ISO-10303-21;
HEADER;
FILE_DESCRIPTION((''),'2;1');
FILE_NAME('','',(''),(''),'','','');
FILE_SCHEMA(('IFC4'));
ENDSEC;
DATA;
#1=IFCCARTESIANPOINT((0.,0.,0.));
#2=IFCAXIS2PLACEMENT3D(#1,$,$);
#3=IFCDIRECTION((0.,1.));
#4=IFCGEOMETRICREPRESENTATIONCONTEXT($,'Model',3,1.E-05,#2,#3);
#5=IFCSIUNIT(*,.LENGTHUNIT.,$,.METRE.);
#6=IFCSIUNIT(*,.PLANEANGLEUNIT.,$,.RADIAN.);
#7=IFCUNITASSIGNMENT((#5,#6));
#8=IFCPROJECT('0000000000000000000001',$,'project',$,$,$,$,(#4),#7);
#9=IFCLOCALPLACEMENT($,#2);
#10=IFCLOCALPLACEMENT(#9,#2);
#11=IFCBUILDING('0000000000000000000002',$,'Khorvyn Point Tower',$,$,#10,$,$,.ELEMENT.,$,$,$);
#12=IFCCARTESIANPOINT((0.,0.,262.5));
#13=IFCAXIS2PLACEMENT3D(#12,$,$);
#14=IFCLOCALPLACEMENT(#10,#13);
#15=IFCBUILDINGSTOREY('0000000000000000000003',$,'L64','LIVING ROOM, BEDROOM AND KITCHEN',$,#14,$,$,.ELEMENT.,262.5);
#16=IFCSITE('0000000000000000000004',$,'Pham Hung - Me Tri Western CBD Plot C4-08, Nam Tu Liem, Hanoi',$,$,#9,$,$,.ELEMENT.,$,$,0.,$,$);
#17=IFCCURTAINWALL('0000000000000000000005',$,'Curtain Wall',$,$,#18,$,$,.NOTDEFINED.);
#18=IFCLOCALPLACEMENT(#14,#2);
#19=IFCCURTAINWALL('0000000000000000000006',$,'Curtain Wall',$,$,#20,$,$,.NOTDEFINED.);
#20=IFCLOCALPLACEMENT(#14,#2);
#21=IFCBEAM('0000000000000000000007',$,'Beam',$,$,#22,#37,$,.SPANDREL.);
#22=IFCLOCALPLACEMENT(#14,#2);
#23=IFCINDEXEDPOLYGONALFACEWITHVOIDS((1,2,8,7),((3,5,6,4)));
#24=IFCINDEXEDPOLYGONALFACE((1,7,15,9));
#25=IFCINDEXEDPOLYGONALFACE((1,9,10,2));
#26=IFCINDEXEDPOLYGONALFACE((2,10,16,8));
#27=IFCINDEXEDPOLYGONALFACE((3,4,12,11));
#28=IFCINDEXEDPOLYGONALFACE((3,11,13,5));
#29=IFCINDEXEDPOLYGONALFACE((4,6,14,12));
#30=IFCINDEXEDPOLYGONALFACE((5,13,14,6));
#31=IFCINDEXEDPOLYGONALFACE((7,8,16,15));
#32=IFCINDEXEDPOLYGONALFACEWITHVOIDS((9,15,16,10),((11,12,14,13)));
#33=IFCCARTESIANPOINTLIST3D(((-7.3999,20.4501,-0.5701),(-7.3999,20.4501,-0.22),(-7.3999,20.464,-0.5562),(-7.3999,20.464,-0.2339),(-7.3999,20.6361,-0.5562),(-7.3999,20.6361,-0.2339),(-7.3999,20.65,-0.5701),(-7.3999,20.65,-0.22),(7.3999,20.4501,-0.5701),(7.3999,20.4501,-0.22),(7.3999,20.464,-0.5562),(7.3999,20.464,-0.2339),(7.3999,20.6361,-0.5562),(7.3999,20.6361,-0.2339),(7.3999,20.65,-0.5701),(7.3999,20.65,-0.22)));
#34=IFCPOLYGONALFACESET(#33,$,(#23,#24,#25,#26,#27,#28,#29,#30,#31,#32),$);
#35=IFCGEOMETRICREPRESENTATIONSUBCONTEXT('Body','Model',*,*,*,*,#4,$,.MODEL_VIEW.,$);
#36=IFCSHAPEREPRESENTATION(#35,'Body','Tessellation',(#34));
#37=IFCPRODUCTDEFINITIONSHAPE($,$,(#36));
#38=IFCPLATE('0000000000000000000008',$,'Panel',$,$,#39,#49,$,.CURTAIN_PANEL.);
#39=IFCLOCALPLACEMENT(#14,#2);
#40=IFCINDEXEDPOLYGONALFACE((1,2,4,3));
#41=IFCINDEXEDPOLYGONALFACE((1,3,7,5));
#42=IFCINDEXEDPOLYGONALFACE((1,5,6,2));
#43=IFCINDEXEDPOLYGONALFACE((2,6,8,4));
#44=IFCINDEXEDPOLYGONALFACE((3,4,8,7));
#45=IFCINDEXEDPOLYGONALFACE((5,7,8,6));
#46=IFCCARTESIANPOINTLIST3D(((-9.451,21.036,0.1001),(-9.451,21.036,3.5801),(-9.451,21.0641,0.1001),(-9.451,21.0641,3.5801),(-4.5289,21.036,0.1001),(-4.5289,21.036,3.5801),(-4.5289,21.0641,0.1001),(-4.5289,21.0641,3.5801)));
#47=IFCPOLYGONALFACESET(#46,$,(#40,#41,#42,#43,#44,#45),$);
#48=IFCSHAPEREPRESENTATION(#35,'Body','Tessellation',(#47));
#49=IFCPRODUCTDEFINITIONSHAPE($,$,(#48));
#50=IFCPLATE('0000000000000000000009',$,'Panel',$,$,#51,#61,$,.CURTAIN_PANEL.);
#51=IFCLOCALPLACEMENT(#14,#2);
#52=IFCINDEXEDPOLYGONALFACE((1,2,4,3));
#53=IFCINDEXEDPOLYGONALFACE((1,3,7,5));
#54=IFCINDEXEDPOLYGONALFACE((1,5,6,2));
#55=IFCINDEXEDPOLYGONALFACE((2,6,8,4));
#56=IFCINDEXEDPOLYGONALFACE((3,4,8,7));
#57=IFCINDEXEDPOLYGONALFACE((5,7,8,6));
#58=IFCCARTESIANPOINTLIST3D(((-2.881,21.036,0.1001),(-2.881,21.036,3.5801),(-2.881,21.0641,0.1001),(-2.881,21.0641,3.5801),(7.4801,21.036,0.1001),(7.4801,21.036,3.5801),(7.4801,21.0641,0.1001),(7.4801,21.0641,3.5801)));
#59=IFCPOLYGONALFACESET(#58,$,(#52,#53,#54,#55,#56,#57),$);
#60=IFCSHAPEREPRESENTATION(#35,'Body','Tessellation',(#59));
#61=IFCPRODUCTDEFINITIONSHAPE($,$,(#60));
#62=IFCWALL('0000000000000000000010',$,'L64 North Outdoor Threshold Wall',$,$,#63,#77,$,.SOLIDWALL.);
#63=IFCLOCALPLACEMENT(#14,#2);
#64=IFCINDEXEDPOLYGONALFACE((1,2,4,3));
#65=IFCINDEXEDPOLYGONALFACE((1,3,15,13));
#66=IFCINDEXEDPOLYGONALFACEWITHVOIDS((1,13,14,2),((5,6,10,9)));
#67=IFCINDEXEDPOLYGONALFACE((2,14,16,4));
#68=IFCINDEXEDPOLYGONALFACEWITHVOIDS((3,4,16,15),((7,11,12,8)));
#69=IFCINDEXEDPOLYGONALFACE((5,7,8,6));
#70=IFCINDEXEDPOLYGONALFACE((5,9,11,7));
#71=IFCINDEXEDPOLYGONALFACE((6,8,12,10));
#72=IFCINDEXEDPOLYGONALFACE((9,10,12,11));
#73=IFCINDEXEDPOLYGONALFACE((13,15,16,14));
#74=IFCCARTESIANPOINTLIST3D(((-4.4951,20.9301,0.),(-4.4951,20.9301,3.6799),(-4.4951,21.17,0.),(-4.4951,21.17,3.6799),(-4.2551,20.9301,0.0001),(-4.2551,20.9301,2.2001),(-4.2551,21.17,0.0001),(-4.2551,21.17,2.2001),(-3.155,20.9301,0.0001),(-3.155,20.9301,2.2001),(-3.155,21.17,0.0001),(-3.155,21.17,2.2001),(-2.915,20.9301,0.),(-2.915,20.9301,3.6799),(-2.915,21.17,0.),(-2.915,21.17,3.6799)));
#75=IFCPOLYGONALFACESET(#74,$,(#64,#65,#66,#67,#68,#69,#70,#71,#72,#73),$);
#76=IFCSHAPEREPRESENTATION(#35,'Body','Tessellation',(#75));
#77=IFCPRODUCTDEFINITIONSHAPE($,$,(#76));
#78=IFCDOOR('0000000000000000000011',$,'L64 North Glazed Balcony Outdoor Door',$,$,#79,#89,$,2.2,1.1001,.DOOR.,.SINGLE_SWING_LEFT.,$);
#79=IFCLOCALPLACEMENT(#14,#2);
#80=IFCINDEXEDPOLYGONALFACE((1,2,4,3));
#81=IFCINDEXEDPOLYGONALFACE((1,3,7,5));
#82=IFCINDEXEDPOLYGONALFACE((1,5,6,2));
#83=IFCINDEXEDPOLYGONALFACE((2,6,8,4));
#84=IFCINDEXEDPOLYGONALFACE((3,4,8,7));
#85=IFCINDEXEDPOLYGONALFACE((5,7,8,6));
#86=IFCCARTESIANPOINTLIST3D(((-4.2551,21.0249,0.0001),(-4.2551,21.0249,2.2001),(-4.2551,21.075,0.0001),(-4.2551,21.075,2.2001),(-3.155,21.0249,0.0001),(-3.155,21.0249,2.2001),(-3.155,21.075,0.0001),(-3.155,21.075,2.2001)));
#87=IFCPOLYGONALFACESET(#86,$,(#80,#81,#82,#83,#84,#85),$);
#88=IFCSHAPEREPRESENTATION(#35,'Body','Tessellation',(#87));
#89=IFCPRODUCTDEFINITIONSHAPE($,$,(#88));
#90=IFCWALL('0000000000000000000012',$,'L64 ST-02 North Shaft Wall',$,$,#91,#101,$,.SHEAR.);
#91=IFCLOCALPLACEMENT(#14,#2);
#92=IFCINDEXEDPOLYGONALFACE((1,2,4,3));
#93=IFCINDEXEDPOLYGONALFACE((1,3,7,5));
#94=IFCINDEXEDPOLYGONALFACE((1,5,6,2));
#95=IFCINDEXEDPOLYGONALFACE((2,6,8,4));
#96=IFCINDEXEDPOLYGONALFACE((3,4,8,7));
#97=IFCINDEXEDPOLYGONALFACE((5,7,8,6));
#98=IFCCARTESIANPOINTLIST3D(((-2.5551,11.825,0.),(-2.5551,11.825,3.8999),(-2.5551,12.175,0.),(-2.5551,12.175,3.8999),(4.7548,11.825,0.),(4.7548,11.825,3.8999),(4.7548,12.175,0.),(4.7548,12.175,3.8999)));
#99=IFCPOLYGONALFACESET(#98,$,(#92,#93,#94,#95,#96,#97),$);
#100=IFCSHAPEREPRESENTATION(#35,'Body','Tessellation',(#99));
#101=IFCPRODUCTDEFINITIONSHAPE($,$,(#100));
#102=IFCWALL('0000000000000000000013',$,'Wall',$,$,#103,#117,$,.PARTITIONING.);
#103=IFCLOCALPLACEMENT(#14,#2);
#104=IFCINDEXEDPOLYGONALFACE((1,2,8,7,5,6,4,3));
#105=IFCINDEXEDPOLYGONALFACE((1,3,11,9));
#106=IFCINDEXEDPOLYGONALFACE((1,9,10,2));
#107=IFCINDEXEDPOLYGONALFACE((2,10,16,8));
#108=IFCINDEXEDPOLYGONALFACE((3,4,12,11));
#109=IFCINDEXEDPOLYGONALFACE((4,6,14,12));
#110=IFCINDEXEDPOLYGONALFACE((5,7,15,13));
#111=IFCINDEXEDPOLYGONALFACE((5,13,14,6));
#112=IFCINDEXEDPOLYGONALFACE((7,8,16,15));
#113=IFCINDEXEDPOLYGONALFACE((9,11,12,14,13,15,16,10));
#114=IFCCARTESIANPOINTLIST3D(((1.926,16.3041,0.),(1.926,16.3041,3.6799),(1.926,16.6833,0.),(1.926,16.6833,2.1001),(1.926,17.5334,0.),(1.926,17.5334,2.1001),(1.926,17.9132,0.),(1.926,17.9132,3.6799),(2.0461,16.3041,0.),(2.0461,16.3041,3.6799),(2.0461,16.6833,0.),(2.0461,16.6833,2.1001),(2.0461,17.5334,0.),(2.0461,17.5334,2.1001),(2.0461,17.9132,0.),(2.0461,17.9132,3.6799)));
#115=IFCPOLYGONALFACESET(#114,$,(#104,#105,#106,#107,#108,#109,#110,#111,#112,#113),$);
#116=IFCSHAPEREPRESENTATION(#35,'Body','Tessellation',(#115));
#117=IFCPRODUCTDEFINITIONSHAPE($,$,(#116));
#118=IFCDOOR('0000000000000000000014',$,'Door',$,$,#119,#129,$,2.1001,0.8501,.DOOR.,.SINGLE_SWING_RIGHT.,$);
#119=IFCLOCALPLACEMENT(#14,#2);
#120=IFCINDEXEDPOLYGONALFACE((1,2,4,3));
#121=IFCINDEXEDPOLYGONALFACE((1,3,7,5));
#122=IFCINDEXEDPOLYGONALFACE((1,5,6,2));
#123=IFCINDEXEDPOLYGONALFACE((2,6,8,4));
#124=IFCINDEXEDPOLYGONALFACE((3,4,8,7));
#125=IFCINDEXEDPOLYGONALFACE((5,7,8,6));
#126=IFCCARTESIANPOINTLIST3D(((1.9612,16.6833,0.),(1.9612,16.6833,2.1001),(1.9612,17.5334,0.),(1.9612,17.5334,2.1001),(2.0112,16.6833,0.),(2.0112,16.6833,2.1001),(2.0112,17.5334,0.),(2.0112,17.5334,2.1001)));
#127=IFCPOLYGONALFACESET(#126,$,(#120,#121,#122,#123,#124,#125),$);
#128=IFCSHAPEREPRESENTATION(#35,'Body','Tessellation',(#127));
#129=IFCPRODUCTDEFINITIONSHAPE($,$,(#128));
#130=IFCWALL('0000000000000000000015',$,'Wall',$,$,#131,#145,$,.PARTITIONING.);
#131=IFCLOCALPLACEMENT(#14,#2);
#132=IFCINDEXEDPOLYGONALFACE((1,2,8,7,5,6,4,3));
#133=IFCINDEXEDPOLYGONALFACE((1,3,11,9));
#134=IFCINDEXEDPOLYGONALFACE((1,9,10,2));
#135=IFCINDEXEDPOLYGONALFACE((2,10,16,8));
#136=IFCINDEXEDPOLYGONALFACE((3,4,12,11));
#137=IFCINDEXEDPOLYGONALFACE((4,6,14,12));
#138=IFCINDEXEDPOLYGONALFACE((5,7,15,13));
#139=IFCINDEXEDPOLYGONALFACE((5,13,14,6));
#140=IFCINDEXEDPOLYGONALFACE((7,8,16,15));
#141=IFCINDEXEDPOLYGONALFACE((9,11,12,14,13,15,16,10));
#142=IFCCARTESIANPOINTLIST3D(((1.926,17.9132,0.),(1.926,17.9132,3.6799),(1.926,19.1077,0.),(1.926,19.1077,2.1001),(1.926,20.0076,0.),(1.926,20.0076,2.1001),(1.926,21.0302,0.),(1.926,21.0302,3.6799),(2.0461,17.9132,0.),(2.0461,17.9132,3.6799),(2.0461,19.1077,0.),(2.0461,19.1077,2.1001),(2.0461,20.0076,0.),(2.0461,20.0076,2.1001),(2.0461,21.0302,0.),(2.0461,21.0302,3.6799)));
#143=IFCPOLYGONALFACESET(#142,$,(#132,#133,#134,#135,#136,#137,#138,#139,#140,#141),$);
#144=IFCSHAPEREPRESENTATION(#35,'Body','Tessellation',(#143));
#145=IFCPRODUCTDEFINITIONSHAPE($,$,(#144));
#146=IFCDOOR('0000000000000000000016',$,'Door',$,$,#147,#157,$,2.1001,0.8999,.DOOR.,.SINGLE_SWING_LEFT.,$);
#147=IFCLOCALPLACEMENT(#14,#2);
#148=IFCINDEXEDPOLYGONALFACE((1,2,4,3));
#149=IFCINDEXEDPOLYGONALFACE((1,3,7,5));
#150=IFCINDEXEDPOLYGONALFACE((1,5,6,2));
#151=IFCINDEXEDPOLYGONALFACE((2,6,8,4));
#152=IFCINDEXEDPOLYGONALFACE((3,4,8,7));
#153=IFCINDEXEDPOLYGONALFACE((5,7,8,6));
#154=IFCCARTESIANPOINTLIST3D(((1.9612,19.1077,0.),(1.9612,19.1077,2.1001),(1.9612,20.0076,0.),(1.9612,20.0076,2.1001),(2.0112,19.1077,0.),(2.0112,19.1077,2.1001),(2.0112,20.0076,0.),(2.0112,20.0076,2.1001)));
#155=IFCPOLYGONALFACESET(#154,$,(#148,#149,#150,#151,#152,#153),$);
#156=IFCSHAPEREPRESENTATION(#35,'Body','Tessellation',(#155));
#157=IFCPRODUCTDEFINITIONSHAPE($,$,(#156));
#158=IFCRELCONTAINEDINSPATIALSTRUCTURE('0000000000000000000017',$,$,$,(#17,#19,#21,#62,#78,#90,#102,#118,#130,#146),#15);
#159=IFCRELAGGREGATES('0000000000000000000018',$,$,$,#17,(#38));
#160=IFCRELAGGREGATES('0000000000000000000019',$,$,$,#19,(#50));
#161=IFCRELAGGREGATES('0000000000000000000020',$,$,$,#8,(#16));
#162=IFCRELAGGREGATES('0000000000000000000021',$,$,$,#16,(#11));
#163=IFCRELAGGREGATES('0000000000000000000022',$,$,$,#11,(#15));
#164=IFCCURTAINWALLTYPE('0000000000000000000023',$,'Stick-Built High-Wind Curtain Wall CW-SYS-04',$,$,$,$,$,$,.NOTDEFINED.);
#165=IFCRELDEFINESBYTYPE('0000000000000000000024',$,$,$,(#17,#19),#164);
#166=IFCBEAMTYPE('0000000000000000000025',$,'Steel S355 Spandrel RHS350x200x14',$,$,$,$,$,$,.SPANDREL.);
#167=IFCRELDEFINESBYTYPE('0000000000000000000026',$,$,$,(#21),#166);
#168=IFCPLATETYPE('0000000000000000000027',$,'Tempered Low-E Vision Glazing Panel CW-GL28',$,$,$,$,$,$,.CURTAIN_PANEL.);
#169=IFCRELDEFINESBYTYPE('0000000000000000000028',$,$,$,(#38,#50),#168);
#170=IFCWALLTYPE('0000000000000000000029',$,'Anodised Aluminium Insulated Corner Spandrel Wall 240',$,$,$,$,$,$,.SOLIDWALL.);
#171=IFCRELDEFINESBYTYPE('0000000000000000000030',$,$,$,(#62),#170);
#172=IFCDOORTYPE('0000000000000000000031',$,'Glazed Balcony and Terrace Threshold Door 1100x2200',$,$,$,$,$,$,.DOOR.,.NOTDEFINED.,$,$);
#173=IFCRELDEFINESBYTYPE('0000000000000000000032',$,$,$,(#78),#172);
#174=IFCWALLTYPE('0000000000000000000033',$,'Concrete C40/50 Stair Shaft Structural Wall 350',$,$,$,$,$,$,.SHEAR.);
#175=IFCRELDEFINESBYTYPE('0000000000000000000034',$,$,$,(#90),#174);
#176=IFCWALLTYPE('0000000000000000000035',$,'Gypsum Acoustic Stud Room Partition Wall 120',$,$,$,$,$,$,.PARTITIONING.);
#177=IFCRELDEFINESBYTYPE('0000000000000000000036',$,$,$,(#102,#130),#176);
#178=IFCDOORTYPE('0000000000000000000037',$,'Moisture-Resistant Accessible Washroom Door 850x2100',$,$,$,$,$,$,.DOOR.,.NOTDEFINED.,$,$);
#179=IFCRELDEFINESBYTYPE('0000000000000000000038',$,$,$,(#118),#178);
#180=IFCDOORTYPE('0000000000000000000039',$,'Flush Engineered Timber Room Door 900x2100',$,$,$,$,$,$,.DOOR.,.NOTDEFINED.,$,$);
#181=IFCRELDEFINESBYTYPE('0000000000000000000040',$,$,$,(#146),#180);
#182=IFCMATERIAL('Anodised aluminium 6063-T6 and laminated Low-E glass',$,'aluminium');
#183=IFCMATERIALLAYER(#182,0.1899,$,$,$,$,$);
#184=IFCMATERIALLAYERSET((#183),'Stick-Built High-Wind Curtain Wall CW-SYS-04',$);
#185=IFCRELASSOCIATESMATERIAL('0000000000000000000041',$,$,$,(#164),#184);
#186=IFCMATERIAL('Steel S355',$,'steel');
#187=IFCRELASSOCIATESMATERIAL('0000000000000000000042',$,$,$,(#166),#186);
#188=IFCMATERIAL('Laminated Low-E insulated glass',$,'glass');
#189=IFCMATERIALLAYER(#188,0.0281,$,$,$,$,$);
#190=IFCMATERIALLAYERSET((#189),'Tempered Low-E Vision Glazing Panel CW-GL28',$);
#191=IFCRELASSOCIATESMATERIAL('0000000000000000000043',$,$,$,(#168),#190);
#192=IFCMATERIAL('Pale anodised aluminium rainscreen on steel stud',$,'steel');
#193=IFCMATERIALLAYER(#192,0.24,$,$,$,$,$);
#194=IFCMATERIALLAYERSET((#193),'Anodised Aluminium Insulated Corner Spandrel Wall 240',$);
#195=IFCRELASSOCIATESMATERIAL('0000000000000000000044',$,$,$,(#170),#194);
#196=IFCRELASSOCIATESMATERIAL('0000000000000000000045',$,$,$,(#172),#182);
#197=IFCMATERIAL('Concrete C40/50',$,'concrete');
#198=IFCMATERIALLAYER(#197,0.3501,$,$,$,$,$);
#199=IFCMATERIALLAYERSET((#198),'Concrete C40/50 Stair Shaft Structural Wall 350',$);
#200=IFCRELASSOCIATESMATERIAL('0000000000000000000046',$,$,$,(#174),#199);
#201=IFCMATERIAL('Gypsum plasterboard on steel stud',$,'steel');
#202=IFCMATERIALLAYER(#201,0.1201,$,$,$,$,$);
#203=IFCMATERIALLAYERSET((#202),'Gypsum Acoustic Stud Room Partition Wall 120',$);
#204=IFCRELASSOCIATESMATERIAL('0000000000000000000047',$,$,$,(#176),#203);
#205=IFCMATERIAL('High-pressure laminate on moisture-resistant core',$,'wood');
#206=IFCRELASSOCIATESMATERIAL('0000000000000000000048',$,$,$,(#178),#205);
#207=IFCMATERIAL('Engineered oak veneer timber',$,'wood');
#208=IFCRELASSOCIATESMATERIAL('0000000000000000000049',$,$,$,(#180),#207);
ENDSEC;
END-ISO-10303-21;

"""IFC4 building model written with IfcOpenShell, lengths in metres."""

from ifc_helpers import new_model, si_unit, direction, frame, frame_2d, origin, origin_2d, place, context, subcontext, project, spatial, rectangle, hollow_rectangle, extrude, material, layer, layer_set, material_profile, profile_set, type_object, element, fill, aggregate, save


model = new_model("IFC4")

# Units and contexts
model_context = context("Model", 3, precision=1e-05, world=origin(), true_north=direction((0.0, 1.0)))
body_context = subcontext(model_context, "Body", "Model", "MODEL_VIEW")
ifc_project = project(units=[si_unit("LENGTHUNIT", "METRE"), si_unit("PLANEANGLEUNIT", "RADIAN")], contexts=[model_context])

# Site, building, storey
site_placement = place(None, origin())
site = spatial("IfcSite", under=ifc_project, at=site_placement, Name="Pham Hung - Me Tri Western CBD Plot C4-08, Nam Tu Liem, Hanoi", CompositionType="ELEMENT", RefElevation=0.0)
building_placement = place(site_placement, origin())
building = spatial("IfcBuilding", under=site, at=building_placement, Name="Khorvyn Point Tower", CompositionType="ELEMENT")
storey_placement = place(building_placement, frame((0.0, 0.0, 262.5)))
storey = spatial("IfcBuildingStorey", under=building, at=storey_placement, Name="L64", Description="LIVING ROOM, BEDROOM AND KITCHEN", CompositionType="ELEMENT", Elevation=262.5)

# Shared definitions
ifc_material_1 = material(Name="Concrete C40/50", Category="concrete")
ifc_material_2 = material(Name="Steel S355", Category="steel")

# Curtain wall
ifc_material_3 = material(Name="Anodised aluminium 6063-T6 and laminated Low-E glass", Category="aluminium")
ifc_layer_1 = layer(ifc_material_3, 0.1899)
ifc_layer_set_1 = layer_set([ifc_layer_1], Name="Stick-Built High-Wind Curtain Wall CW-SYS-04")
curtain_wall_type = type_object("IfcCurtainWallType", Name="Stick-Built High-Wind Curtain Wall CW-SYS-04", PredefinedType="NOTDEFINED", material=ifc_layer_set_1)
curtain_wall_1_placement = place(storey_placement, origin())
curtain_wall_1 = element("IfcCurtainWall", 1, at=curtain_wall_1_placement, inside=storey, type_object=curtain_wall_type, Name="Curtain Wall", PredefinedType="NOTDEFINED")

# Curtain wall
curtain_wall_2_placement = place(storey_placement, origin())
curtain_wall_2 = element("IfcCurtainWall", 2, at=curtain_wall_2_placement, inside=storey, type_object=curtain_wall_type, Name="Curtain Wall", PredefinedType="NOTDEFINED")

# Beam
ifc_material_profile_1 = material_profile(ifc_material_2, hollow_rectangle(XDim=0.2, YDim=0.3501, WallThickness=0.0139, at=origin_2d()))
ifc_profile_set_1 = profile_set([ifc_material_profile_1], Name="Steel S355 RHS350x200x14")
beam_type_1 = type_object("IfcBeamType", Name="Steel S355 Spandrel RHS350x200x14", PredefinedType="SPANDREL", material=ifc_profile_set_1)
beam_1_placement = place(storey_placement, frame((-7.3999, 20.55, -0.395), z_axis=(1.0, 0.0, 0.0), x_axis=(0.0, 1.0, 0.0)))
element("IfcBeam", 3, at=beam_1_placement, inside=storey, type_object=beam_type_1, Name="Beam", PredefinedType="SPANDREL", context=body_context, shape_type="SweptSolid", body=[
    extrude(hollow_rectangle(XDim=0.2, YDim=0.3501, WallThickness=0.0139, at=origin_2d()), origin(), (0.0, 0.0, 1.0), 14.7998),
])

# Plates
ifc_material_4 = material(Name="Laminated Low-E insulated glass", Category="glass")
ifc_layer_2 = layer(ifc_material_4, 0.0281)
ifc_layer_set_2 = layer_set([ifc_layer_2], Name="Tempered Low-E Vision Glazing Panel CW-GL28")
plate_type = type_object("IfcPlateType", Name="Tempered Low-E Vision Glazing Panel CW-GL28", PredefinedType="CURTAIN_PANEL", material=ifc_layer_set_2)
plate_1_placement = place(storey_placement, frame((-6.99, 21.05, 0.1001), z_axis=(0.0, 0.0, 1.0), x_axis=(1.0, 0.0, 0.0)))
plate_1 = element("IfcPlate", 4, at=plate_1_placement, type_object=plate_type, Name="Panel", PredefinedType="CURTAIN_PANEL", context=body_context, shape_type="SweptSolid", body=[
    extrude(rectangle(XDim=4.9221, YDim=0.0281, at=origin_2d()), origin(), (0.0, 0.0, 1.0), 3.48),
])
aggregate(curtain_wall_1, [plate_1])
plate_2_placement = place(storey_placement, frame((2.2996, 21.05, 0.1001), z_axis=(0.0, 0.0, 1.0), x_axis=(1.0, 0.0, 0.0)))
plate_2 = element("IfcPlate", 5, at=plate_2_placement, type_object=plate_type, Name="Panel", PredefinedType="CURTAIN_PANEL", context=body_context, shape_type="SweptSolid", body=[
    extrude(rectangle(XDim=10.3611, YDim=0.0281, at=origin_2d()), origin(), (0.0, 0.0, 1.0), 3.48),
])
aggregate(curtain_wall_2, [plate_2])

# Wall, opening, door
ifc_material_5 = material(Name="Pale anodised aluminium rainscreen on steel stud", Category="steel")
ifc_layer_3 = layer(ifc_material_5, 0.24)
ifc_layer_set_3 = layer_set([ifc_layer_3], Name="Anodised Aluminium Insulated Corner Spandrel Wall 240")
wall_type_1 = type_object("IfcWallType", Name="Anodised Aluminium Insulated Corner Spandrel Wall 240", PredefinedType="SOLIDWALL", material=ifc_layer_set_3)
wall_1_placement = place(storey_placement, frame((-4.4951, 21.05, 0.0), z_axis=(0.0, 0.0, 1.0), x_axis=(1.0, 0.0, 0.0)))
wall_1 = element("IfcWall", 6, at=wall_1_placement, inside=storey, type_object=wall_type_1, Name="L64 North Outdoor Threshold Wall", PredefinedType="SOLIDWALL", context=body_context, shape_type="SweptSolid", body=[
    extrude(rectangle(XDim=1.5801, YDim=0.24, at=frame_2d((0.79, 0.0))), origin(), (0.0, 0.0, 1.0), 3.6799),
])
opening_1_placement = place(wall_1_placement, frame((0.24, 0.0, 0.0)))
opening_1 = element("IfcOpeningElement", 7, at=opening_1_placement, cuts=wall_1, PredefinedType="OPENING", context=body_context, shape_type="SweptSolid", body=[
    extrude(rectangle(XDim=1.1001, YDim=2.2, at=frame_2d((0.55, 1.1001))), frame((0.0, 0.1299, 0.0), z_axis=(0.0, -1.0, 0.0), x_axis=(1.0, 0.0, 0.0)), (0.0, 0.0, 1.0), 0.26),
])
door_type_1 = type_object("IfcDoorType", Name="Glazed Balcony and Terrace Threshold Door 1100x2200", OperationType="NOTDEFINED", PredefinedType="DOOR", material=ifc_material_3)
door_1_placement = place(opening_1_placement, origin())
door_1 = element("IfcDoor", 8, at=door_1_placement, inside=storey, type_object=door_type_1, Name="L64 North Glazed Balcony Outdoor Door", OperationType="SINGLE_SWING_LEFT", OverallHeight=2.2, OverallWidth=1.1001, PredefinedType="DOOR", context=body_context, shape_type="SweptSolid", body=[
    extrude(rectangle(XDim=1.1001, YDim=2.2, at=frame_2d((0.55, 1.1001))), frame((0.0, 0.0249, 0.0), z_axis=(0.0, -1.0, 0.0), x_axis=(1.0, 0.0, 0.0)), (0.0, 0.0, 1.0), 0.05),
])
fill(opening_1, door_1)

# Wall
ifc_layer_4 = layer(ifc_material_1, 0.3501)
ifc_layer_set_4 = layer_set([ifc_layer_4], Name="Concrete C40/50 Stair Shaft Structural Wall 350")
wall_type_2 = type_object("IfcWallType", Name="Concrete C40/50 Stair Shaft Structural Wall 350", PredefinedType="SHEAR", material=ifc_layer_set_4)
wall_2_placement = place(storey_placement, frame((-2.5549, 12.0, 0.0), z_axis=(0.0, 0.0, 1.0), x_axis=(1.0, 0.0, 0.0)))
element("IfcWall", 9, at=wall_2_placement, inside=storey, type_object=wall_type_2, Name="L64 ST-02 North Shaft Wall", PredefinedType="SHEAR", context=body_context, shape_type="SweptSolid", body=[
    extrude(rectangle(XDim=7.3098, YDim=0.3501, at=frame_2d((3.6548, 0.0))), origin(), (0.0, 0.0, 1.0), 3.8999),
])

# Walls, openings, doors
ifc_material_6 = material(Name="Gypsum plasterboard on steel stud", Category="steel")
ifc_layer_5 = layer(ifc_material_6, 0.1201)
ifc_layer_set_5 = layer_set([ifc_layer_5], Name="Gypsum Acoustic Stud Room Partition Wall 120")
wall_type_3 = type_object("IfcWallType", Name="Gypsum Acoustic Stud Room Partition Wall 120", PredefinedType="PARTITIONING", material=ifc_layer_set_5)
wall_3_placement = place(storey_placement, frame((1.9861, 16.304, 0.0), z_axis=(0.0, 0.0, 1.0), x_axis=(0.0, 1.0, 0.0)))
wall_3 = element("IfcWall", 10, at=wall_3_placement, inside=storey, type_object=wall_type_3, Name="Wall", PredefinedType="PARTITIONING", context=body_context, shape_type="SweptSolid", body=[
    extrude(rectangle(XDim=1.6091, YDim=0.1201, at=frame_2d((0.8047, 0.0))), origin(), (0.0, 0.0, 1.0), 3.6799),
])
opening_2_placement = place(wall_3_placement, frame((0.3794, 0.0, 0.0)))
opening_2 = element("IfcOpeningElement", 11, at=opening_2_placement, cuts=wall_3, PredefinedType="OPENING", context=body_context, shape_type="SweptSolid", body=[
    extrude(rectangle(XDim=0.8501, YDim=2.1001, at=frame_2d((0.425, 1.05))), frame((0.0, 0.0701, 0.0), z_axis=(0.0, -1.0, 0.0), x_axis=(1.0, 0.0, 0.0)), (0.0, 0.0, 1.0), 0.1401),
])
ifc_material_7 = material(Name="High-pressure laminate on moisture-resistant core", Category="wood")
door_type_2 = type_object("IfcDoorType", Name="Moisture-Resistant Accessible Washroom Door 850x2100", OperationType="NOTDEFINED", PredefinedType="DOOR", material=ifc_material_7)
door_2_placement = place(opening_2_placement, origin())
door_2 = element("IfcDoor", 12, at=door_2_placement, inside=storey, type_object=door_type_2, Name="Door", OperationType="SINGLE_SWING_RIGHT", OverallHeight=2.1001, OverallWidth=0.8501, PredefinedType="DOOR", context=body_context, shape_type="SweptSolid", body=[
    extrude(rectangle(XDim=0.8501, YDim=2.1001, at=frame_2d((0.425, 1.05))), frame((0.0, 0.0249, 0.0), z_axis=(0.0, -1.0, 0.0), x_axis=(1.0, 0.0, 0.0)), (0.0, 0.0, 1.0), 0.05),
])
fill(opening_2, door_2)
wall_4_placement = place(storey_placement, frame((1.9861, 17.9131, 0.0), z_axis=(0.0, 0.0, 1.0), x_axis=(0.0, 1.0, 0.0)))
wall_4 = element("IfcWall", 13, at=wall_4_placement, inside=storey, type_object=wall_type_3, Name="Wall", PredefinedType="PARTITIONING", context=body_context, shape_type="SweptSolid", body=[
    extrude(rectangle(XDim=3.1169, YDim=0.1201, at=frame_2d((1.5586, 0.0))), origin(), (0.0, 0.0, 1.0), 3.6799),
])
opening_3_placement = place(wall_4_placement, frame((1.1946, 0.0, 0.0)))
opening_3 = element("IfcOpeningElement", 14, at=opening_3_placement, cuts=wall_4, PredefinedType="OPENING", context=body_context, shape_type="SweptSolid", body=[
    extrude(rectangle(XDim=0.8999, YDim=2.1001, at=frame_2d((0.45, 1.05))), frame((0.0, 0.0701, 0.0), z_axis=(0.0, -1.0, 0.0), x_axis=(1.0, 0.0, 0.0)), (0.0, 0.0, 1.0), 0.1401),
])
ifc_material_8 = material(Name="Engineered oak veneer timber", Category="wood")
door_type_3 = type_object("IfcDoorType", Name="Flush Engineered Timber Room Door 900x2100", OperationType="NOTDEFINED", PredefinedType="DOOR", material=ifc_material_8)
door_3_placement = place(opening_3_placement, origin())
door_3 = element("IfcDoor", 15, at=door_3_placement, inside=storey, type_object=door_type_3, Name="Door", OperationType="SINGLE_SWING_LEFT", OverallHeight=2.1001, OverallWidth=0.8999, PredefinedType="DOOR", context=body_context, shape_type="SweptSolid", body=[
    extrude(rectangle(XDim=0.8999, YDim=2.1001, at=frame_2d((0.45, 1.05))), frame((0.0, 0.0249, 0.0), z_axis=(0.0, -1.0, 0.0), x_axis=(1.0, 0.0, 0.0)), (0.0, 0.0, 1.0), 0.05),
])
fill(opening_3, door_3)

save(model, "model.ifc")
